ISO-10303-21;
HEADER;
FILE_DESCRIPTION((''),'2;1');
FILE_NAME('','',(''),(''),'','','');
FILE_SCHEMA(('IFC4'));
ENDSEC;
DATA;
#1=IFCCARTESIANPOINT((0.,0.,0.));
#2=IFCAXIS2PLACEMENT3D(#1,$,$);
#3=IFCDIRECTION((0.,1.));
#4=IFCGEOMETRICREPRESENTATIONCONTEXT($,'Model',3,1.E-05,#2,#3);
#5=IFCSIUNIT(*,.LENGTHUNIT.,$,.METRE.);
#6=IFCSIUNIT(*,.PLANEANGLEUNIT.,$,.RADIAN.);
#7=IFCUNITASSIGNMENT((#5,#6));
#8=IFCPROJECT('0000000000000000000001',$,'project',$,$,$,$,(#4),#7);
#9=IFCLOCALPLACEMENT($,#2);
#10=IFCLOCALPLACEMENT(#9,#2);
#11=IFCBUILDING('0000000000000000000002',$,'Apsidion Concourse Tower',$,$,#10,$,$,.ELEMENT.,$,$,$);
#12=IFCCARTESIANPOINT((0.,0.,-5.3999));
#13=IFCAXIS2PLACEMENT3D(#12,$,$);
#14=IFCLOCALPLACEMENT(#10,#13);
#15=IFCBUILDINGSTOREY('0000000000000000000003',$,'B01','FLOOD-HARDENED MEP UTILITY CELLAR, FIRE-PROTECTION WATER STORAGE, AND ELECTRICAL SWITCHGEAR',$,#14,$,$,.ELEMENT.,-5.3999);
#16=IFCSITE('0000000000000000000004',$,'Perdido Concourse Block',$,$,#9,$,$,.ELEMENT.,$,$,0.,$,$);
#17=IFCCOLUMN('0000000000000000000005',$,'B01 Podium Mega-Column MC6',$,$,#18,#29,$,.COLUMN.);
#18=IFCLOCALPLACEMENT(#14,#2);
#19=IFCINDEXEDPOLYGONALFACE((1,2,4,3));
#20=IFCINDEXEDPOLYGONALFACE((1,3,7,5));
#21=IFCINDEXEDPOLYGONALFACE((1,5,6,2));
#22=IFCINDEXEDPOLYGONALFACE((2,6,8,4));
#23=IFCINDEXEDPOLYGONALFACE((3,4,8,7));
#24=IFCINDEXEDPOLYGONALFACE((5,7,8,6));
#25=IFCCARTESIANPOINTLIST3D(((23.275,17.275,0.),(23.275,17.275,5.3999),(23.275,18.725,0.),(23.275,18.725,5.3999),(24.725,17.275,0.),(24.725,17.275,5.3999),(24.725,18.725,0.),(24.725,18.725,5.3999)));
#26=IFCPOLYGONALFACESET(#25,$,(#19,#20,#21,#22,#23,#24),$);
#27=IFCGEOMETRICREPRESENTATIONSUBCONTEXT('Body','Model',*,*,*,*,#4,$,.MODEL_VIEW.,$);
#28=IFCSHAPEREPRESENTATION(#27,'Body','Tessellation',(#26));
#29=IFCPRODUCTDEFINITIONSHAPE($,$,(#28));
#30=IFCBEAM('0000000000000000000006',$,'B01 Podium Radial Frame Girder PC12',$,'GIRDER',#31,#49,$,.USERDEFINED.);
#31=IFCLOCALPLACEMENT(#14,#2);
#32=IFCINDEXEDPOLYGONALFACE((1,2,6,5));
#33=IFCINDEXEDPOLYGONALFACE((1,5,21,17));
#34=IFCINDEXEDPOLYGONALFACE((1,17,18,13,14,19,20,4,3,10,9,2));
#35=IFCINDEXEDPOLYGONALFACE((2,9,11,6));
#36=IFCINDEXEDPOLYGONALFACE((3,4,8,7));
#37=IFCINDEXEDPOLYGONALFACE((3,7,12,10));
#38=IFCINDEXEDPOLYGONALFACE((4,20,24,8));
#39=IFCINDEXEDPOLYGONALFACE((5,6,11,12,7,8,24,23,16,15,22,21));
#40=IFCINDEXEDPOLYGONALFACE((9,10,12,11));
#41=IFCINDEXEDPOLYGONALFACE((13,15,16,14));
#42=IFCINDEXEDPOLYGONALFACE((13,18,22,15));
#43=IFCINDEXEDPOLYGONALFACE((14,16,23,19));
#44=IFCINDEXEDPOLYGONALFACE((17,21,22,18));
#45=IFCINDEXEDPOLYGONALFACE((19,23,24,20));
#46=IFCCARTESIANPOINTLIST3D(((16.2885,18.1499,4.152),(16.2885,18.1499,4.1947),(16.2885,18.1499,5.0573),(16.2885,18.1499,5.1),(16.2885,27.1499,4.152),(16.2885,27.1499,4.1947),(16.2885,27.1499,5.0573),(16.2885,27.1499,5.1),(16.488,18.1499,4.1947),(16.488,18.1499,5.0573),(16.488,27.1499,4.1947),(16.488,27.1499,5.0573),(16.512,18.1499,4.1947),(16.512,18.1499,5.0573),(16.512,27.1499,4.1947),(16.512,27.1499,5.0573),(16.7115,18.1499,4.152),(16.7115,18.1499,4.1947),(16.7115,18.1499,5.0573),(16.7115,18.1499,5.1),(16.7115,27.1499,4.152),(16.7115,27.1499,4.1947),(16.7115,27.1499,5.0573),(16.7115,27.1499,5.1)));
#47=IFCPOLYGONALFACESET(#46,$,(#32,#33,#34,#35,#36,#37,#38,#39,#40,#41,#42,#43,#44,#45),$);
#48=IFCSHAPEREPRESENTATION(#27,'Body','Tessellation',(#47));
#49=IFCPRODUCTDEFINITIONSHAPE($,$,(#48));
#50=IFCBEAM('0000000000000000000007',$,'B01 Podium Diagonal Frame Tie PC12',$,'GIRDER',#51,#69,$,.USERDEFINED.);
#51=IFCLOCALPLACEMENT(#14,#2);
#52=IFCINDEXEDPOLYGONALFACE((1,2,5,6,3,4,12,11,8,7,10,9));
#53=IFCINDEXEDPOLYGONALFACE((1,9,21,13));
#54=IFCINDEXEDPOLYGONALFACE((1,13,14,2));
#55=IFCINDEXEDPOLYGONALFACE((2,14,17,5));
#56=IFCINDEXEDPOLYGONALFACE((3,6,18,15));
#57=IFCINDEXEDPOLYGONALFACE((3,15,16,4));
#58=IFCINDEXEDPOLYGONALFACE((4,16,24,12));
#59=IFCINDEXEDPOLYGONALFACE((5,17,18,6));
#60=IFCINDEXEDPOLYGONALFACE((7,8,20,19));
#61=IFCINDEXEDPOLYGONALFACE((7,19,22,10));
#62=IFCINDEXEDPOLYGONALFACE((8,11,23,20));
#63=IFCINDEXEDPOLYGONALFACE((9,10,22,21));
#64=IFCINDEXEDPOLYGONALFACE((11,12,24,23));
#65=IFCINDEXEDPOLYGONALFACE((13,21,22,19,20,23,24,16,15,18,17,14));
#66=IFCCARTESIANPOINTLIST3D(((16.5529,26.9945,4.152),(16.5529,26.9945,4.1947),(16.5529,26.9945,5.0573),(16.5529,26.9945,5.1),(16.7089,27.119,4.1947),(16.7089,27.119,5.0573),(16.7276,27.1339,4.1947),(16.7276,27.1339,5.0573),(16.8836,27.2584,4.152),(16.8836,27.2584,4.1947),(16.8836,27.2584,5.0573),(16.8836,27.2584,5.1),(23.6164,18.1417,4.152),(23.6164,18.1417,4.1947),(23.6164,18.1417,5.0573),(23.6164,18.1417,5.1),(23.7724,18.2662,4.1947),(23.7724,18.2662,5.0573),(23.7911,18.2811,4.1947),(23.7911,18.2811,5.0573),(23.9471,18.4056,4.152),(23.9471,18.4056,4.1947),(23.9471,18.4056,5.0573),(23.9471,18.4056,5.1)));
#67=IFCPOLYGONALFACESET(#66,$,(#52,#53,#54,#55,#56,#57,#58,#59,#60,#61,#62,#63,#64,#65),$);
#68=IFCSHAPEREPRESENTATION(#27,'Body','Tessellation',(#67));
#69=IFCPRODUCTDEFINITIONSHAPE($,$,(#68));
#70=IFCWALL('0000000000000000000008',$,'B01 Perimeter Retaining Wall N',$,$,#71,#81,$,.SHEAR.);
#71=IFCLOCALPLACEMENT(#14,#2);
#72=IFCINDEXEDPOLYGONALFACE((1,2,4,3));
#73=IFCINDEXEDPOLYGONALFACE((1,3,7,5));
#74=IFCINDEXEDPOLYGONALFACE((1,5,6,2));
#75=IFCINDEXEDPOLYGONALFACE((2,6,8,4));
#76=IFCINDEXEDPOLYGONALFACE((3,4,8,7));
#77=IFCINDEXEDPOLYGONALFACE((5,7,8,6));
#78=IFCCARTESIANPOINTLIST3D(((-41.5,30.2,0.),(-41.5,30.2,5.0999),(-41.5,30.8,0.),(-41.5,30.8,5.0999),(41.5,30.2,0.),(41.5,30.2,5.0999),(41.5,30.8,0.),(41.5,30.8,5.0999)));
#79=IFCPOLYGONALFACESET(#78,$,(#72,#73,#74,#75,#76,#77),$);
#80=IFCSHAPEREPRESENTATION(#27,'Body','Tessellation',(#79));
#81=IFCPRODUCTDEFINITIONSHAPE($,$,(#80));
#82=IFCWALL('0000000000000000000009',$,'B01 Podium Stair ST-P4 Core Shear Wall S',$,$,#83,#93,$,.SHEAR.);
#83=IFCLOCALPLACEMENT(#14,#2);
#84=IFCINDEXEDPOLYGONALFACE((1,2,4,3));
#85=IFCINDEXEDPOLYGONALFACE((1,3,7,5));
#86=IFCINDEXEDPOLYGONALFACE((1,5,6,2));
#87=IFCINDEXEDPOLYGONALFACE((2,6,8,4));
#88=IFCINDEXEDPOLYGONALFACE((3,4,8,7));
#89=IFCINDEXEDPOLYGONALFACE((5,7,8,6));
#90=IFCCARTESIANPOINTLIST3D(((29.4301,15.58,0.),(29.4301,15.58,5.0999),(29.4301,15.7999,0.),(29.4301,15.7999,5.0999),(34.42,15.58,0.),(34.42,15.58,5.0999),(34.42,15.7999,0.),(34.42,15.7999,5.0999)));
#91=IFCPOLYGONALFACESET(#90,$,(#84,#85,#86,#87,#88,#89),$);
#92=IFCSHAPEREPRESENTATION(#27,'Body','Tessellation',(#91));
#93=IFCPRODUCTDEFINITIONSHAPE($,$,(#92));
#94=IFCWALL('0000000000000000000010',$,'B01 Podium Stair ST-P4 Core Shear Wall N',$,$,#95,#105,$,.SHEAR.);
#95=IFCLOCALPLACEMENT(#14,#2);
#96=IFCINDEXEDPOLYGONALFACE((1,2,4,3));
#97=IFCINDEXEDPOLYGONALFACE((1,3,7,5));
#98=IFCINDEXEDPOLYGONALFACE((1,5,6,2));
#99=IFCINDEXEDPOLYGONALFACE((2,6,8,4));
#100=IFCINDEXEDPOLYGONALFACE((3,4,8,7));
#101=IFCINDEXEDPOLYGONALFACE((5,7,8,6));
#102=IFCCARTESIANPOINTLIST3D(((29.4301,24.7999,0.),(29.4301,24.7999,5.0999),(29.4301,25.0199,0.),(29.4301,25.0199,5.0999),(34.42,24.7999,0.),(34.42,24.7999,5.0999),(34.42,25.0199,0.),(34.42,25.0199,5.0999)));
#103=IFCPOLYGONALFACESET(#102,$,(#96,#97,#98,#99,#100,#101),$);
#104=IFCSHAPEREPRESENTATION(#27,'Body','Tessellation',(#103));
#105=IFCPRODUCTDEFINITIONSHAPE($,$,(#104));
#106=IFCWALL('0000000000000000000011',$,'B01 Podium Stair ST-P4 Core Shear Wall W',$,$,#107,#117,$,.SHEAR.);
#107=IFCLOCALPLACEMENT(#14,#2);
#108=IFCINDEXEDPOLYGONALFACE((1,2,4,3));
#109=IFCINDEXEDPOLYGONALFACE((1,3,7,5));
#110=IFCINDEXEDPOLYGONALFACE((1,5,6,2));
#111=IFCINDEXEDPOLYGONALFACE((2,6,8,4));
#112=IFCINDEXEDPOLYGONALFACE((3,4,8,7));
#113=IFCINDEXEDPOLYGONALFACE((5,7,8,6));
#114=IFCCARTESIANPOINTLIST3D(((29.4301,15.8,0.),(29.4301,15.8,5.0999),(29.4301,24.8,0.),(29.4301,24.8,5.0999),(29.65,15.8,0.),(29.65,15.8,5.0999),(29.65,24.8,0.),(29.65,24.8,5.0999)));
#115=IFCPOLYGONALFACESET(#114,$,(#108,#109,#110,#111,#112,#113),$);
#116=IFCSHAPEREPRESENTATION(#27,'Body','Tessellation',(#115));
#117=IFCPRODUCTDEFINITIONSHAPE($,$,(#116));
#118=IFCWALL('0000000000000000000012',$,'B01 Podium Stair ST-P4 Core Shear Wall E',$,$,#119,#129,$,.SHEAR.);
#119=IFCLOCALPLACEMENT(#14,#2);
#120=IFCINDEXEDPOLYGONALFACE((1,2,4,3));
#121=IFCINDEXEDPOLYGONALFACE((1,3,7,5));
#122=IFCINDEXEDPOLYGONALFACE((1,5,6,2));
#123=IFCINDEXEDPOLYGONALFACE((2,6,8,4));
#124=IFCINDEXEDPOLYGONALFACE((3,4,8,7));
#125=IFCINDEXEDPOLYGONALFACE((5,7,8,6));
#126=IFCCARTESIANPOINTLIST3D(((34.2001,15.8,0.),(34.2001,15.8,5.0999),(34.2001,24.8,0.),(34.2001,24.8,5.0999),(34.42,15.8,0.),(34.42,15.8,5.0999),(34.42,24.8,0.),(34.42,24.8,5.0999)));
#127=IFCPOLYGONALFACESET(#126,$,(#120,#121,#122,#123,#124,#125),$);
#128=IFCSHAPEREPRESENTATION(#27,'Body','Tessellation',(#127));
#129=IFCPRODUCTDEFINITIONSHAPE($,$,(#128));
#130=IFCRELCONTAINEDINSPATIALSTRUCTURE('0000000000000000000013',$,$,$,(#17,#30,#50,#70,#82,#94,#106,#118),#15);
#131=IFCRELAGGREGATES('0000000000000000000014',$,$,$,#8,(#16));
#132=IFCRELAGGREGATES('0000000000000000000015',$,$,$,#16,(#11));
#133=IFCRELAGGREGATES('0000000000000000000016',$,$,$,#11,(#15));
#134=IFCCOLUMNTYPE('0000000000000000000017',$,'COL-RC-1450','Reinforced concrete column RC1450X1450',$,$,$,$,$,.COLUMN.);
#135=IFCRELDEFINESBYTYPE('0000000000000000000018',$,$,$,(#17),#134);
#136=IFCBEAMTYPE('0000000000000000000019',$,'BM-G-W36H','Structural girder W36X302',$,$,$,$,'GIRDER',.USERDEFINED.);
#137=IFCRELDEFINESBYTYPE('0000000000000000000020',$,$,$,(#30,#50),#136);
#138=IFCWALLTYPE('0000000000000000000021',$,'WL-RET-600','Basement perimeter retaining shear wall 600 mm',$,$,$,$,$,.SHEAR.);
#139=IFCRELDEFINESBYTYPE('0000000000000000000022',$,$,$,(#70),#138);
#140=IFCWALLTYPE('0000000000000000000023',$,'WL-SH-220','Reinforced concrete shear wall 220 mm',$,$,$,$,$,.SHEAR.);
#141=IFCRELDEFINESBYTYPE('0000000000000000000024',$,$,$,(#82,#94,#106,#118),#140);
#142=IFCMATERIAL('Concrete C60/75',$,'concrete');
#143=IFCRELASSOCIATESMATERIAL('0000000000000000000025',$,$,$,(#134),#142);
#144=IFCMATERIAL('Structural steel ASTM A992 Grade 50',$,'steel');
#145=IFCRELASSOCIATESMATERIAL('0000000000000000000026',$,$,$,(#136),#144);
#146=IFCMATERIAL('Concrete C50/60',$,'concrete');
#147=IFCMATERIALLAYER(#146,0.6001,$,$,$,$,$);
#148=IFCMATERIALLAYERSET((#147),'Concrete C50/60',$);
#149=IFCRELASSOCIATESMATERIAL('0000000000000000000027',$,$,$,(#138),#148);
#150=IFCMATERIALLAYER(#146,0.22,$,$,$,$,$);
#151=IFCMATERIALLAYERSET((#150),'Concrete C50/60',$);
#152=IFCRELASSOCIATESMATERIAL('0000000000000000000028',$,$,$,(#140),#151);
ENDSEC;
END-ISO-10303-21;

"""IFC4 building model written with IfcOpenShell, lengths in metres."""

from ifc_helpers import new_model, si_unit, direction, frame, frame_2d, origin, origin_2d, place, context, subcontext, project, spatial, rectangle, i_section, extrude, material, layer, layer_set, material_profile, profile_set, type_object, element, save


model = new_model("IFC4")

# Units and contexts
model_context = context("Model", 3, precision=1e-05, world=origin(), true_north=direction((0.0, 1.0)))
body_context = subcontext(model_context, "Body", "Model", "MODEL_VIEW")
ifc_project = project(units=[si_unit("LENGTHUNIT", "METRE"), si_unit("PLANEANGLEUNIT", "RADIAN")], contexts=[model_context])

# Site, building, storey
site_placement = place(None, origin())
site = spatial("IfcSite", under=ifc_project, at=site_placement, Name="Perdido Concourse Block", CompositionType="ELEMENT", RefElevation=0.0)
building_placement = place(site_placement, origin())
building = spatial("IfcBuilding", under=site, at=building_placement, Name="Apsidion Concourse Tower", CompositionType="ELEMENT")
storey_placement = place(building_placement, frame((0.0, 0.0, -5.3999)))
storey = spatial("IfcBuildingStorey", under=building, at=storey_placement, Name="B01", Description="FLOOD-HARDENED MEP UTILITY CELLAR, FIRE-PROTECTION WATER STORAGE, AND ELECTRICAL SWITCHGEAR", CompositionType="ELEMENT", Elevation=-5.3999)

# Shared definitions
ifc_material_1 = material(Name="Concrete C50/60", Category="concrete")

# Column
ifc_material_2 = material(Name="Concrete C60/75", Category="concrete")
ifc_material_profile_1 = material_profile(ifc_material_2, rectangle(XDim=1.45, YDim=1.45, at=origin_2d()), Name="RC 1450x1450")
ifc_profile_set_1 = profile_set([ifc_material_profile_1], Name="Concrete C60/75")
column_type_1 = type_object("IfcColumnType", Name="COL-RC-1450", Description="Reinforced concrete column RC1450X1450", PredefinedType="COLUMN", material=ifc_profile_set_1)
column_placement = place(storey_placement, frame((24.0, 18.0, 0.0), z_axis=(0.0, 0.0, 1.0), x_axis=(1.0, 0.0, 0.0)))
element("IfcColumn", 1, at=column_placement, inside=storey, type_object=column_type_1, Name="B01 Podium Mega-Column MC6", PredefinedType="COLUMN", context=body_context, shape_type="SweptSolid", body=[
    extrude(rectangle(XDim=1.45, YDim=1.45, at=origin_2d()), origin(), (0.0, 0.0, 1.0), 5.3999),
])

# Beams
ifc_material_3 = material(Name="Structural steel ASTM A992 Grade 50", Category="steel")
ifc_material_profile_2 = material_profile(ifc_material_3, i_section(OverallWidth=0.4231, OverallDepth=0.948, WebThickness=0.0239, FlangeThickness=0.0427, at=origin_2d()), Name="W36X302")
ifc_profile_set_2 = profile_set([ifc_material_profile_2], Name="Structural steel ASTM A992 Grade 50")
beam_type = type_object("IfcBeamType", Name="BM-G-W36H", Description="Structural girder W36X302", ElementType="GIRDER", PredefinedType="USERDEFINED", material=ifc_profile_set_2)
beam_1_placement = place(storey_placement, frame((16.5, 27.1499, 4.626), z_axis=(0.0, -1.0, 0.0), x_axis=(1.0, 0.0, 0.0)))
element("IfcBeam", 2, at=beam_1_placement, inside=storey, type_object=beam_type, Name="B01 Podium Radial Frame Girder PC12", ObjectType="GIRDER", PredefinedType="USERDEFINED", context=body_context, shape_type="SweptSolid", body=[
    extrude(i_section(OverallWidth=0.4231, OverallDepth=0.948, WebThickness=0.0239, FlangeThickness=0.0427, at=origin_2d()), origin(), (0.0, 0.0, 1.0), 9.0),
])
beam_2_placement = place(storey_placement, frame((16.7183, 27.1265, 4.626), z_axis=(0.623685, -0.781676, 0.0), x_axis=(0.781676, 0.623685, 0.0)))
element("IfcBeam", 3, at=beam_2_placement, inside=storey, type_object=beam_type, Name="B01 Podium Diagonal Frame Tie PC12", ObjectType="GIRDER", PredefinedType="USERDEFINED", context=body_context, shape_type="SweptSolid", body=[
    extrude(i_section(OverallWidth=0.4231, OverallDepth=0.948, WebThickness=0.0239, FlangeThickness=0.0427, at=origin_2d()), origin(), (0.0, 0.0, 1.0), 11.3254),
])

# Walls
ifc_layer_1 = layer(ifc_material_1, 0.6001)
ifc_layer_set_1 = layer_set([ifc_layer_1], Name="Concrete C50/60")
wall_type_1 = type_object("IfcWallType", Name="WL-RET-600", Description="Basement perimeter retaining shear wall 600 mm", PredefinedType="SHEAR", material=ifc_layer_set_1)
wall_placement = place(storey_placement, frame((41.5, 30.5, 0.0), z_axis=(0.0, 0.0, 1.0), x_axis=(-1.0, 0.0, 0.0)))
element("IfcWall", 4, at=wall_placement, inside=storey, type_object=wall_type_1, Name="B01 Perimeter Retaining Wall N", PredefinedType="SHEAR", context=body_context, shape_type="SweptSolid", body=[
    extrude(rectangle(XDim=83.0, YDim=0.6001, at=frame_2d((41.5, 0.0))), origin(), (0.0, 0.0, 1.0), 5.0999),
])
ifc_layer_2 = layer(ifc_material_1, 0.22)
ifc_layer_set_2 = layer_set([ifc_layer_2], Name="Concrete C50/60")
wall_type_2 = type_object("IfcWallType", Name="WL-SH-220", Description="Reinforced concrete shear wall 220 mm", PredefinedType="SHEAR", material=ifc_layer_set_2)
for number, where, z_axis, x_axis, name in (
    (5, (29.4299, 15.6899, 0.0), (0.0, 0.0, 1.0), (1.0, 0.0, 0.0), "B01 Podium Stair ST-P4 Core Shear Wall S"),
    (6, (29.4299, 24.9099, 0.0), (0.0, 0.0, 1.0), (1.0, 0.0, 0.0), "B01 Podium Stair ST-P4 Core Shear Wall N"),
):
    element("IfcWall", number, at=place(storey_placement, frame(where, z_axis=z_axis, x_axis=x_axis)), inside=storey, type_object=wall_type_2, Name=name, PredefinedType="SHEAR", context=body_context, shape_type="SweptSolid", body=[
        extrude(rectangle(XDim=4.99, YDim=0.22, at=frame_2d((2.4951, 0.0))), origin(), (0.0, 0.0, 1.0), 5.0999),
    ])
for number, where, z_axis, x_axis, name in (
    (7, (29.54, 15.8, 0.0), (0.0, 0.0, 1.0), (0.0, 1.0, 0.0), "B01 Podium Stair ST-P4 Core Shear Wall W"),
    (8, (34.3101, 15.8, 0.0), (0.0, 0.0, 1.0), (0.0, 1.0, 0.0), "B01 Podium Stair ST-P4 Core Shear Wall E"),
):
    element("IfcWall", number, at=place(storey_placement, frame(where, z_axis=z_axis, x_axis=x_axis)), inside=storey, type_object=wall_type_2, Name=name, PredefinedType="SHEAR", context=body_context, shape_type="SweptSolid", body=[
        extrude(rectangle(XDim=9.0, YDim=0.22, at=frame_2d((4.5, 0.0))), origin(), (0.0, 0.0, 1.0), 5.0999),
    ])

save(model, "model.ifc")
